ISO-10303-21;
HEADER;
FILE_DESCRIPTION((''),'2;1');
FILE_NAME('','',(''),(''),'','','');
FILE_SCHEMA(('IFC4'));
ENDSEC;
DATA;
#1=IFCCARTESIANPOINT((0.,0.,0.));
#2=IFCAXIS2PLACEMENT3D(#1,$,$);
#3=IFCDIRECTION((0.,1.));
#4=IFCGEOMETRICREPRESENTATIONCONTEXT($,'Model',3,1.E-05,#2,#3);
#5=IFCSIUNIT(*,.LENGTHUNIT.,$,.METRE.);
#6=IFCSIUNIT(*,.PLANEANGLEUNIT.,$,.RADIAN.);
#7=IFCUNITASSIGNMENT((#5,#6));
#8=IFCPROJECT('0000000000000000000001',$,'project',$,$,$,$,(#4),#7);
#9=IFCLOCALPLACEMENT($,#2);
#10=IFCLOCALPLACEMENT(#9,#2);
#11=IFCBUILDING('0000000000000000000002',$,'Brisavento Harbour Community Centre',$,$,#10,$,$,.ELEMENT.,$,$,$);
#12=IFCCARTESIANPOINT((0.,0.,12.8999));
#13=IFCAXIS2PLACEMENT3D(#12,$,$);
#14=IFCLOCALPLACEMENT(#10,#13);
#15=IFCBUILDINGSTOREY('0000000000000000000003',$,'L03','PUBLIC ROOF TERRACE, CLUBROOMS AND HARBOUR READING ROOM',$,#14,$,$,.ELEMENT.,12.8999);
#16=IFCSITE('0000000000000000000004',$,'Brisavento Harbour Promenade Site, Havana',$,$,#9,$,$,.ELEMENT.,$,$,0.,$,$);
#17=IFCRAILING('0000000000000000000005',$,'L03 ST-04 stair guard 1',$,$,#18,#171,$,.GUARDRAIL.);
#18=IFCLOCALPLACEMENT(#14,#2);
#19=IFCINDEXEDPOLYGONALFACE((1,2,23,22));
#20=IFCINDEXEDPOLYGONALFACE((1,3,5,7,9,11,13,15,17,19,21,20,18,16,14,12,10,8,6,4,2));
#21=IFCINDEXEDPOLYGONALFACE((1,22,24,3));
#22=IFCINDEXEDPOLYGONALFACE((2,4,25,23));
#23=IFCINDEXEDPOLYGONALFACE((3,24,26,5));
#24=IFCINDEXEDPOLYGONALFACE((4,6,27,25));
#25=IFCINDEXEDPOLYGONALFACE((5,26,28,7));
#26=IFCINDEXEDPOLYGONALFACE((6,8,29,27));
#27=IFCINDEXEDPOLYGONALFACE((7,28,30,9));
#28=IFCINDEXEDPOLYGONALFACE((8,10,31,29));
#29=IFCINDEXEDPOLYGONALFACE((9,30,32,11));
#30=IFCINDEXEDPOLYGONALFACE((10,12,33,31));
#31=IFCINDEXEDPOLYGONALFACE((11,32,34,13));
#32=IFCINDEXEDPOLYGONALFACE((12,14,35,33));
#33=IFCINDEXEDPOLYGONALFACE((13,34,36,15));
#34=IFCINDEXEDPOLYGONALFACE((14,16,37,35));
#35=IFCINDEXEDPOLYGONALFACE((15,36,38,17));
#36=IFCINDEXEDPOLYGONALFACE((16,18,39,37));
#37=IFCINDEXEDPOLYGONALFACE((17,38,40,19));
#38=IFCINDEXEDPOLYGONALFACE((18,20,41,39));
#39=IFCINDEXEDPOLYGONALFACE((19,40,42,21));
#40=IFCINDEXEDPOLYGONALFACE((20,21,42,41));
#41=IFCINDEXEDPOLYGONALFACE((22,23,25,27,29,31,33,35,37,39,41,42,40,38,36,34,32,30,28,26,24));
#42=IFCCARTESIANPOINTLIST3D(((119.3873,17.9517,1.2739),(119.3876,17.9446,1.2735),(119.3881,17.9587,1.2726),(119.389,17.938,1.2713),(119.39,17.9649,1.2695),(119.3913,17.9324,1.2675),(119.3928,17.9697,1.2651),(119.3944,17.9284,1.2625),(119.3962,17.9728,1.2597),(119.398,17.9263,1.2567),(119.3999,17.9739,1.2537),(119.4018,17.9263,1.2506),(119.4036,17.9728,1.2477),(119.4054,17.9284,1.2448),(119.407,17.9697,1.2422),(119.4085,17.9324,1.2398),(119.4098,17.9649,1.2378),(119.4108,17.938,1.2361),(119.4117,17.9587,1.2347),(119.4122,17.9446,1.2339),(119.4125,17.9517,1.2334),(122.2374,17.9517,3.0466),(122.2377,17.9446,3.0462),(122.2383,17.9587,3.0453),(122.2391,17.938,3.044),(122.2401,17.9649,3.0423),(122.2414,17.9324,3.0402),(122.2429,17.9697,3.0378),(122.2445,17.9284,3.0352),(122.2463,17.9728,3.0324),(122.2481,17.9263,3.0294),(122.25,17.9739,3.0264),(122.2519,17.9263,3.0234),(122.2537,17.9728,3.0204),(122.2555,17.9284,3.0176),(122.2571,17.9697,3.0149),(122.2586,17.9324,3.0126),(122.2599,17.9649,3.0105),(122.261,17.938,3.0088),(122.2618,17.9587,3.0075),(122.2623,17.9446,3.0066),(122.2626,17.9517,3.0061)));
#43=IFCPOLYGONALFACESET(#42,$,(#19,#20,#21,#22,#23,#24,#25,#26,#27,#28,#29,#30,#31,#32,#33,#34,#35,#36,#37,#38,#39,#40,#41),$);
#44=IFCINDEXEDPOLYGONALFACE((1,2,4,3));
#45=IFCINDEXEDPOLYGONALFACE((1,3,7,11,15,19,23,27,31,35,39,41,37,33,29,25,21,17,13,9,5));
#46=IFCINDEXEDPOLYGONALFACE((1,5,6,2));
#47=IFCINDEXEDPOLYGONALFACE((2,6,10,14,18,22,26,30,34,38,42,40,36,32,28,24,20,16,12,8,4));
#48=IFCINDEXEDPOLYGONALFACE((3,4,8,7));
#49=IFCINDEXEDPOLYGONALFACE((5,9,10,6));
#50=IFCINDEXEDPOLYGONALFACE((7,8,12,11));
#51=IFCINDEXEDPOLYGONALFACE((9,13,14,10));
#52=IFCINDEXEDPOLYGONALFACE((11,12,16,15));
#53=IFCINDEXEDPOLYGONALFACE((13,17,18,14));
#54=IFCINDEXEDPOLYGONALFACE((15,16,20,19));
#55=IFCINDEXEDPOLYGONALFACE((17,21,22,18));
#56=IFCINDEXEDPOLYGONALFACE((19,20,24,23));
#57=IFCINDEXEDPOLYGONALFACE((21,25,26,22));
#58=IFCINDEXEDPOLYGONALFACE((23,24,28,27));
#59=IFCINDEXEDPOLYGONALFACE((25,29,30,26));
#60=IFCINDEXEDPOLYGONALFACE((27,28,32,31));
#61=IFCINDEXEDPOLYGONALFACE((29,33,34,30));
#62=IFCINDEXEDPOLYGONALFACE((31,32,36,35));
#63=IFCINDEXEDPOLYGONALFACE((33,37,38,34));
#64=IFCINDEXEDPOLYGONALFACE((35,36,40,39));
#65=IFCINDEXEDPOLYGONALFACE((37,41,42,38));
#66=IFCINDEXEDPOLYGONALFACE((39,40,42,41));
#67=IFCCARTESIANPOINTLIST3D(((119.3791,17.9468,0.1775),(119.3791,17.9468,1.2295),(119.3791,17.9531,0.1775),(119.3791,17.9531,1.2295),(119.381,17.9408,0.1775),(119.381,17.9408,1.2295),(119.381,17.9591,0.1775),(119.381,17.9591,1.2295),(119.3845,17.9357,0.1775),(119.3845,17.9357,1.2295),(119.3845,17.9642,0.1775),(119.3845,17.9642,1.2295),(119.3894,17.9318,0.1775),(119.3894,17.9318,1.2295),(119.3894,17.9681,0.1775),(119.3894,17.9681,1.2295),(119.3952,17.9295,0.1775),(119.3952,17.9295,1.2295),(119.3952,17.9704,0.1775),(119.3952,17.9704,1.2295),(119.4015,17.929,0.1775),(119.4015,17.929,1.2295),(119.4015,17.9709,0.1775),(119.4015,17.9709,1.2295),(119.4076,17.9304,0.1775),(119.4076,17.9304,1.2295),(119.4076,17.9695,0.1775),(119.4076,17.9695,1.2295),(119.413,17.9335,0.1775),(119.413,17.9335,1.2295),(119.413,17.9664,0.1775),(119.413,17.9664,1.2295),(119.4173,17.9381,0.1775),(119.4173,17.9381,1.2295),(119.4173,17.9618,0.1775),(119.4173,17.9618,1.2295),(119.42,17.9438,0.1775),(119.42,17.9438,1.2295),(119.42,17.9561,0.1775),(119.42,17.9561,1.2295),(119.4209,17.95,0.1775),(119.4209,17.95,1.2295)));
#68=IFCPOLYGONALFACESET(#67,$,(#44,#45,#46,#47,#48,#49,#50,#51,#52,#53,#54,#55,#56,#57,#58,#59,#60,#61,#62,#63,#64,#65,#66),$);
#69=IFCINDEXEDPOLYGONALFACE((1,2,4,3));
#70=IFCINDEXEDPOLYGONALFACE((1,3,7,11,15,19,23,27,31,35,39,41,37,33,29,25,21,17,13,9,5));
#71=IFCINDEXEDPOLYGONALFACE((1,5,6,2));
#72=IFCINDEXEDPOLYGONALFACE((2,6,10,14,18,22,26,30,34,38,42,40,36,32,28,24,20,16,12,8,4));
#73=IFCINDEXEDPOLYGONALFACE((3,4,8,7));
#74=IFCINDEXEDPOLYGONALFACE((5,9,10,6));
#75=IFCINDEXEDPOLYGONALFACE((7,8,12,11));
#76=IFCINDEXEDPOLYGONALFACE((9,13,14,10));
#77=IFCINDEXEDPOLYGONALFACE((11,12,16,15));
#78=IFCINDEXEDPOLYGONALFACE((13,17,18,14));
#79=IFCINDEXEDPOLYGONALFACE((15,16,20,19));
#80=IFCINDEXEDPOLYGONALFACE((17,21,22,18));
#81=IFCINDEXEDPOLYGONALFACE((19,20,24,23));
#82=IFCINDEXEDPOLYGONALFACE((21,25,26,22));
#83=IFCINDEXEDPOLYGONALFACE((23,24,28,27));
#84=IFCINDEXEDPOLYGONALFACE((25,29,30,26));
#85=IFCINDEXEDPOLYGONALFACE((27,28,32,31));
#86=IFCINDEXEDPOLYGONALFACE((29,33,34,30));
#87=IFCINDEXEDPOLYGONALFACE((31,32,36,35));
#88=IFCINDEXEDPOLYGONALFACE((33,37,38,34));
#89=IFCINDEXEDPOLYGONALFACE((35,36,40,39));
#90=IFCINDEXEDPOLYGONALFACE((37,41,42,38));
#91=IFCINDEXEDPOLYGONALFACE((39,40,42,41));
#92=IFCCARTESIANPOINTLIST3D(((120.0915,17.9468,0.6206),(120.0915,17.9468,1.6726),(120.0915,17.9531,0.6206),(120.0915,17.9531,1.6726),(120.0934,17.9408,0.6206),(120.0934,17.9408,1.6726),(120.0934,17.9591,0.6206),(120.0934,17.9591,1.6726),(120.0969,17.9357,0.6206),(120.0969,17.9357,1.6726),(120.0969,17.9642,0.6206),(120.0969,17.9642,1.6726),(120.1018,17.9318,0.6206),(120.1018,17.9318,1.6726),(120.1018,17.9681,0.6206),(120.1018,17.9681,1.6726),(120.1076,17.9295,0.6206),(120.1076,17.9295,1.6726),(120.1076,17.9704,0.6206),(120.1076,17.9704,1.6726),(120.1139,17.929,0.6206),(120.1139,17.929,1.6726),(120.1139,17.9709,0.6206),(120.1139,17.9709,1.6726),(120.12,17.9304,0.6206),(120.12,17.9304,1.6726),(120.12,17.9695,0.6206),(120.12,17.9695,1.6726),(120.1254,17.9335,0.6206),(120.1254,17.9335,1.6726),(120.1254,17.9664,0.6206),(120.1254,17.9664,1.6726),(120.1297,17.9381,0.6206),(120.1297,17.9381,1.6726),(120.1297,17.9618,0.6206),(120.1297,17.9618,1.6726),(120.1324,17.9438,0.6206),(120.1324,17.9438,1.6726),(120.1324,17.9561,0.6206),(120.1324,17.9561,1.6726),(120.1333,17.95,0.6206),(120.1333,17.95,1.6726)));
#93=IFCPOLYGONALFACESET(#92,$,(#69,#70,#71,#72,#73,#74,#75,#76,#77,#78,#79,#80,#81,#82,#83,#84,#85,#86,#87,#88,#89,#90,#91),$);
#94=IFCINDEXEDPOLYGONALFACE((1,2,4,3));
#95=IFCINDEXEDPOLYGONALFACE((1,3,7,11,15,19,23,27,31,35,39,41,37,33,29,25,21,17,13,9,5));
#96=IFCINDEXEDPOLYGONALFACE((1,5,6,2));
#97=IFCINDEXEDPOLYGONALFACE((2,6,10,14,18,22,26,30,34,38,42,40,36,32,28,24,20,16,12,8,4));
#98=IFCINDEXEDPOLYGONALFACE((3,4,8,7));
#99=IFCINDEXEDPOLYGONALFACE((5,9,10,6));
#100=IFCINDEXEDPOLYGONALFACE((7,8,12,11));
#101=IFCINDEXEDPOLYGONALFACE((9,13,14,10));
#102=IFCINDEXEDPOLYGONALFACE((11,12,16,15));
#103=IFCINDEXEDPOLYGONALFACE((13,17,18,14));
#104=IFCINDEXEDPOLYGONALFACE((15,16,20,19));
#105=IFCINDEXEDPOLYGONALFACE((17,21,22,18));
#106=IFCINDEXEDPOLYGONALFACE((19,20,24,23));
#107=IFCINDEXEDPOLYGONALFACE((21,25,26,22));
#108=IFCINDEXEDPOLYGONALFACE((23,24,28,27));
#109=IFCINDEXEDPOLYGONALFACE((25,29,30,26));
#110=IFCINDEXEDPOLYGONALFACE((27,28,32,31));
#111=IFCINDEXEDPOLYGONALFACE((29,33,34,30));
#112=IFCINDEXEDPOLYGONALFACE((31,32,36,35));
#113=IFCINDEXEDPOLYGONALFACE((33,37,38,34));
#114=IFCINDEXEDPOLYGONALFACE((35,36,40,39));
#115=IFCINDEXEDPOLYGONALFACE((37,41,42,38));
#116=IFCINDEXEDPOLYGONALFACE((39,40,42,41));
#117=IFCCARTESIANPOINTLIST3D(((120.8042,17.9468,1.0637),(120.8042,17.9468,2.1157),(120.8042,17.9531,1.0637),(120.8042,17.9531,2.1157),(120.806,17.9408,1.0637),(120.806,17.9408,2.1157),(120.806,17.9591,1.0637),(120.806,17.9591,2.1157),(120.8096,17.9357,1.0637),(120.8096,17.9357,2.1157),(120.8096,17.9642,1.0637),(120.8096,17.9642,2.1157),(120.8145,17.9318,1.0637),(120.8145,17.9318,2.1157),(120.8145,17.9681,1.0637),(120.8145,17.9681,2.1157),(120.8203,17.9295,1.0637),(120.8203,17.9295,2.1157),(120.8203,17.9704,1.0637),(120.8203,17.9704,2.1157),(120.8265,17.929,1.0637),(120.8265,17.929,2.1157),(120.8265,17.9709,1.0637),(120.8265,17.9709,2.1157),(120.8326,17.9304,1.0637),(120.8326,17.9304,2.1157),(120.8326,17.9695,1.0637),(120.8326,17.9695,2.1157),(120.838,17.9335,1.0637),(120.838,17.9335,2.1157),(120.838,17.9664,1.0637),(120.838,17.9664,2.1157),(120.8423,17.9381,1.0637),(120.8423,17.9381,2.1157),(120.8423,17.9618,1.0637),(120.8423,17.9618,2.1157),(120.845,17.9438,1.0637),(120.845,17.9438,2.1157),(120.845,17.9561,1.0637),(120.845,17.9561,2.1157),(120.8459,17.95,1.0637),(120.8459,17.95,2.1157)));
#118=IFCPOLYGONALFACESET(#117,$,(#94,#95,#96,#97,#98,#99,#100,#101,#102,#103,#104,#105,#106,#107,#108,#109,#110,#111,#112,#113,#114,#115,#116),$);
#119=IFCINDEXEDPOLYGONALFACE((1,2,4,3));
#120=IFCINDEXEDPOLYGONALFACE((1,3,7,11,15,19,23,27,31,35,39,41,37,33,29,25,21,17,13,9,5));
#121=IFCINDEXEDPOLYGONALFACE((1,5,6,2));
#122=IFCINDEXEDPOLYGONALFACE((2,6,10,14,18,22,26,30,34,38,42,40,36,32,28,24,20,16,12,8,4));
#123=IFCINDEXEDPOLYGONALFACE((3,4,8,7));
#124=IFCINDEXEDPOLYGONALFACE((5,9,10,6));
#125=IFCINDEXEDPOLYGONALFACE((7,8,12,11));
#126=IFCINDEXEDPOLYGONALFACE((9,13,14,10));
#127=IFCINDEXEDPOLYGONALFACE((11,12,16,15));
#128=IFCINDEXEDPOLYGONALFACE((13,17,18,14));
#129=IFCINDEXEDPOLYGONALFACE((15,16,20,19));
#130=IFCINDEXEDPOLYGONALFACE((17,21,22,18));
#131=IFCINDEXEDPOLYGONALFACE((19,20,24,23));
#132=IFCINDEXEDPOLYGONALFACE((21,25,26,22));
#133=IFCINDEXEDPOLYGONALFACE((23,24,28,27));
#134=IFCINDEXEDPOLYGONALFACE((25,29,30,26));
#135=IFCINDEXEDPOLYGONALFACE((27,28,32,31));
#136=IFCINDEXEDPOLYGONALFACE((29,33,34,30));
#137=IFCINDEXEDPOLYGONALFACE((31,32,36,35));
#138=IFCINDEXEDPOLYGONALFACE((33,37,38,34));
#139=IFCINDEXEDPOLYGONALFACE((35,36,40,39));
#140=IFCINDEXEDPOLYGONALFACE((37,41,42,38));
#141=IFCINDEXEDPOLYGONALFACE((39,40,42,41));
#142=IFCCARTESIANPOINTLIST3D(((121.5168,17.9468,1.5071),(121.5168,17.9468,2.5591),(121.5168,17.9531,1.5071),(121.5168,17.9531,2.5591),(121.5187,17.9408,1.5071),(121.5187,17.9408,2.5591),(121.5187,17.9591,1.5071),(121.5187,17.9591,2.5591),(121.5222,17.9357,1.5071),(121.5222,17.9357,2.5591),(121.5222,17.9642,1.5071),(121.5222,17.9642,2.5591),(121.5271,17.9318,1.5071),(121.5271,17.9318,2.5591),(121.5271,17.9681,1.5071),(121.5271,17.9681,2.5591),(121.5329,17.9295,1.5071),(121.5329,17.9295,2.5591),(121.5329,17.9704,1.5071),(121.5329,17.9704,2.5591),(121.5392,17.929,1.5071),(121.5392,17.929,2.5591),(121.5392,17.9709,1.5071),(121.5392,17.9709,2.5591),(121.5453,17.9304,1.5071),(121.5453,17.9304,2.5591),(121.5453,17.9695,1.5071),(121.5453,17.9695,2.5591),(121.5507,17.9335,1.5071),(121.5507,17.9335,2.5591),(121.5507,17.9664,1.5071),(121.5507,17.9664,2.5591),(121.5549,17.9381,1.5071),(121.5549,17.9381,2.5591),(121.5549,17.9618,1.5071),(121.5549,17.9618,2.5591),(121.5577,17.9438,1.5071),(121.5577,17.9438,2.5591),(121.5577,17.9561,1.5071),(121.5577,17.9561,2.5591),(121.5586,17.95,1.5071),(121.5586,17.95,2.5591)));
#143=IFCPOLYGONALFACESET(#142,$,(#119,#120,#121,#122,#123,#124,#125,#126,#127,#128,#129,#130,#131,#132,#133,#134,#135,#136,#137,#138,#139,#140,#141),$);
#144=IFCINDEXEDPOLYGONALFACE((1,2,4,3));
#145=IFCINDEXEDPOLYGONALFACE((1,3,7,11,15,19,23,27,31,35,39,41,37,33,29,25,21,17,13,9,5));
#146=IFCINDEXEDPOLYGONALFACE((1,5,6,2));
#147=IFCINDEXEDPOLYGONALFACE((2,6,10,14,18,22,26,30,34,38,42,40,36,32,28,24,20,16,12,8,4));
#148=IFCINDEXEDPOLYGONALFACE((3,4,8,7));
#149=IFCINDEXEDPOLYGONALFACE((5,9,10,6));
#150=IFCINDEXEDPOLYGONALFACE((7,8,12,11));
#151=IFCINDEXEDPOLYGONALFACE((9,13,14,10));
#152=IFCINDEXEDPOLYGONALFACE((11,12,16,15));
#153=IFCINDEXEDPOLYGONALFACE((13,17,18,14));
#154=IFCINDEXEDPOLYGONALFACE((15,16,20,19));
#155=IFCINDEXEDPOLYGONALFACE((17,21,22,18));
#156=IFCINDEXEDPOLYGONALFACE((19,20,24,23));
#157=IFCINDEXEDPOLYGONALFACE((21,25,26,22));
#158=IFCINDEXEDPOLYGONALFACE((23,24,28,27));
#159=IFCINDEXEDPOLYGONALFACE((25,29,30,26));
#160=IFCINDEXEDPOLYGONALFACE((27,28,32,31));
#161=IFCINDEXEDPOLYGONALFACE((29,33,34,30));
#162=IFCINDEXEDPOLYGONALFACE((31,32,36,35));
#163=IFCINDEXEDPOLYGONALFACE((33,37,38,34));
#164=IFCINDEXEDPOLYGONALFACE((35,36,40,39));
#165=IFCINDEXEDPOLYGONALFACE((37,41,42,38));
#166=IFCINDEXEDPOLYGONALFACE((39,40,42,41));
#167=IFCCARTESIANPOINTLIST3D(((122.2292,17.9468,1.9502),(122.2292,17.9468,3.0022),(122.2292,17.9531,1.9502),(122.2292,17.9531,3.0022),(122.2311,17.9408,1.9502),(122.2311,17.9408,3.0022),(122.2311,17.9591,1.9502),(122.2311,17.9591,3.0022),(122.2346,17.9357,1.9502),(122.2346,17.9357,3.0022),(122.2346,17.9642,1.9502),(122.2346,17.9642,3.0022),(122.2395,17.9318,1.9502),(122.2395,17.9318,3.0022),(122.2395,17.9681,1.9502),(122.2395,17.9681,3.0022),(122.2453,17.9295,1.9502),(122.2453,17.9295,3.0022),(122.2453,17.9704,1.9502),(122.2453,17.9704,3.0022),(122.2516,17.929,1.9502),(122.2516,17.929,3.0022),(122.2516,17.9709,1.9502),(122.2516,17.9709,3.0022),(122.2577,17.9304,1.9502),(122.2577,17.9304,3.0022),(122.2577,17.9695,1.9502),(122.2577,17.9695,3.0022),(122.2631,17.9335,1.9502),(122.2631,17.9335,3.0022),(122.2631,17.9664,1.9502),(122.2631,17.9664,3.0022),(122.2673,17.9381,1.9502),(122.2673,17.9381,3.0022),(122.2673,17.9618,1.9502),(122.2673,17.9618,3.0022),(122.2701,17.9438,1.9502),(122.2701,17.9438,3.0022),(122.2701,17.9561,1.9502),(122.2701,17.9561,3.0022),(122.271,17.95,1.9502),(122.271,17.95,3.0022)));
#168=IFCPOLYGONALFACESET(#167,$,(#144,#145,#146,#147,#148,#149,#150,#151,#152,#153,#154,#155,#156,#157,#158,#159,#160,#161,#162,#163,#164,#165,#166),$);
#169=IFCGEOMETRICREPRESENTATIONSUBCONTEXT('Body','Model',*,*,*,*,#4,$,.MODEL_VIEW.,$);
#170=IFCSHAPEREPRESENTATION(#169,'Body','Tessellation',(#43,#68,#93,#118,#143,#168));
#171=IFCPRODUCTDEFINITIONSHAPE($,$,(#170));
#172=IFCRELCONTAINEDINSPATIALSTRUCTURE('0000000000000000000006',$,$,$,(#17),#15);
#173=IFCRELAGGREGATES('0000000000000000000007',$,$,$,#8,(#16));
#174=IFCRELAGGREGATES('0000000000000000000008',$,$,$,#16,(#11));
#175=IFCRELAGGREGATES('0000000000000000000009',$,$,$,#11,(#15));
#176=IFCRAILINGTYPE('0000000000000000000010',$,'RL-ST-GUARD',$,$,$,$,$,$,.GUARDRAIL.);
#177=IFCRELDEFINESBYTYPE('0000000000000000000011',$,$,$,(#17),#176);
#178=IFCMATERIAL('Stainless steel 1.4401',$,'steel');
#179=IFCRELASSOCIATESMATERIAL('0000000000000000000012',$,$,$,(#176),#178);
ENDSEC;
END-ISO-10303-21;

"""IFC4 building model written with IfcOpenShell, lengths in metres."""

from ifc_helpers import new_model, si_unit, direction, frame, origin, origin_2d, place, context, subcontext, project, spatial, circle, extrude, material, type_object, element, save


model = new_model("IFC4")

# Units and contexts
model_context = context("Model", 3, precision=1e-05, world=origin(), true_north=direction((0.0, 1.0)))
body_context = subcontext(model_context, "Body", "Model", "MODEL_VIEW")
ifc_project = project(units=[si_unit("LENGTHUNIT", "METRE"), si_unit("PLANEANGLEUNIT", "RADIAN")], contexts=[model_context])

# Site, building, storey
site_placement = place(None, origin())
site = spatial("IfcSite", under=ifc_project, at=site_placement, Name="Brisavento Harbour Promenade Site, Havana", CompositionType="ELEMENT", RefElevation=0.0)
building_placement = place(site_placement, origin())
building = spatial("IfcBuilding", under=site, at=building_placement, Name="Brisavento Harbour Community Centre", CompositionType="ELEMENT")
storey_placement = place(building_placement, frame((0.0, 0.0, 12.8999)))
storey = spatial("IfcBuildingStorey", under=building, at=storey_placement, Name="L03", Description="PUBLIC ROOF TERRACE, CLUBROOMS AND HARBOUR READING ROOM", CompositionType="ELEMENT", Elevation=12.8999)

# Railing
ifc_material_1 = material(Name="Stainless steel 1.4401", Category="steel")
railing_type_1 = type_object("IfcRailingType", Name="RL-ST-GUARD", PredefinedType="GUARDRAIL", material=ifc_material_1)
railing_1_placement = place(storey_placement, frame((119.3999, 17.95, 0.1775)))
element("IfcRailing", 1, at=railing_1_placement, inside=storey, type_object=railing_type_1, Name="L03 ST-04 stair guard 1", PredefinedType="GUARDRAIL", context=body_context, shape_type="SweptSolid", body=[
    extrude(circle(Radius=0.0239, at=origin_2d()), frame((0.0, 0.0, 1.0762), z_axis=(0.849149, 0.0, 0.528154), x_axis=(0.0, 1.0, 0.0)), (0.0, 0.0, 1.0), 3.3564),
    extrude(circle(Radius=0.021, at=origin_2d()), origin(), (0.0, 0.0, 1.0), 1.052),
    extrude(circle(Radius=0.021, at=origin_2d()), frame((0.7124, 0.0, 0.4431)), (0.0, 0.0, 1.0), 1.052),
    extrude(circle(Radius=0.021, at=origin_2d()), frame((1.425, 0.0, 0.8862)), (0.0, 0.0, 1.0), 1.052),
    extrude(circle(Radius=0.021, at=origin_2d()), frame((2.1377, 0.0, 1.3296)), (0.0, 0.0, 1.0), 1.052),
    extrude(circle(Radius=0.021, at=origin_2d()), frame((2.8501, 0.0, 1.7727)), (0.0, 0.0, 1.0), 1.052),
])

save(model, "model.ifc")
